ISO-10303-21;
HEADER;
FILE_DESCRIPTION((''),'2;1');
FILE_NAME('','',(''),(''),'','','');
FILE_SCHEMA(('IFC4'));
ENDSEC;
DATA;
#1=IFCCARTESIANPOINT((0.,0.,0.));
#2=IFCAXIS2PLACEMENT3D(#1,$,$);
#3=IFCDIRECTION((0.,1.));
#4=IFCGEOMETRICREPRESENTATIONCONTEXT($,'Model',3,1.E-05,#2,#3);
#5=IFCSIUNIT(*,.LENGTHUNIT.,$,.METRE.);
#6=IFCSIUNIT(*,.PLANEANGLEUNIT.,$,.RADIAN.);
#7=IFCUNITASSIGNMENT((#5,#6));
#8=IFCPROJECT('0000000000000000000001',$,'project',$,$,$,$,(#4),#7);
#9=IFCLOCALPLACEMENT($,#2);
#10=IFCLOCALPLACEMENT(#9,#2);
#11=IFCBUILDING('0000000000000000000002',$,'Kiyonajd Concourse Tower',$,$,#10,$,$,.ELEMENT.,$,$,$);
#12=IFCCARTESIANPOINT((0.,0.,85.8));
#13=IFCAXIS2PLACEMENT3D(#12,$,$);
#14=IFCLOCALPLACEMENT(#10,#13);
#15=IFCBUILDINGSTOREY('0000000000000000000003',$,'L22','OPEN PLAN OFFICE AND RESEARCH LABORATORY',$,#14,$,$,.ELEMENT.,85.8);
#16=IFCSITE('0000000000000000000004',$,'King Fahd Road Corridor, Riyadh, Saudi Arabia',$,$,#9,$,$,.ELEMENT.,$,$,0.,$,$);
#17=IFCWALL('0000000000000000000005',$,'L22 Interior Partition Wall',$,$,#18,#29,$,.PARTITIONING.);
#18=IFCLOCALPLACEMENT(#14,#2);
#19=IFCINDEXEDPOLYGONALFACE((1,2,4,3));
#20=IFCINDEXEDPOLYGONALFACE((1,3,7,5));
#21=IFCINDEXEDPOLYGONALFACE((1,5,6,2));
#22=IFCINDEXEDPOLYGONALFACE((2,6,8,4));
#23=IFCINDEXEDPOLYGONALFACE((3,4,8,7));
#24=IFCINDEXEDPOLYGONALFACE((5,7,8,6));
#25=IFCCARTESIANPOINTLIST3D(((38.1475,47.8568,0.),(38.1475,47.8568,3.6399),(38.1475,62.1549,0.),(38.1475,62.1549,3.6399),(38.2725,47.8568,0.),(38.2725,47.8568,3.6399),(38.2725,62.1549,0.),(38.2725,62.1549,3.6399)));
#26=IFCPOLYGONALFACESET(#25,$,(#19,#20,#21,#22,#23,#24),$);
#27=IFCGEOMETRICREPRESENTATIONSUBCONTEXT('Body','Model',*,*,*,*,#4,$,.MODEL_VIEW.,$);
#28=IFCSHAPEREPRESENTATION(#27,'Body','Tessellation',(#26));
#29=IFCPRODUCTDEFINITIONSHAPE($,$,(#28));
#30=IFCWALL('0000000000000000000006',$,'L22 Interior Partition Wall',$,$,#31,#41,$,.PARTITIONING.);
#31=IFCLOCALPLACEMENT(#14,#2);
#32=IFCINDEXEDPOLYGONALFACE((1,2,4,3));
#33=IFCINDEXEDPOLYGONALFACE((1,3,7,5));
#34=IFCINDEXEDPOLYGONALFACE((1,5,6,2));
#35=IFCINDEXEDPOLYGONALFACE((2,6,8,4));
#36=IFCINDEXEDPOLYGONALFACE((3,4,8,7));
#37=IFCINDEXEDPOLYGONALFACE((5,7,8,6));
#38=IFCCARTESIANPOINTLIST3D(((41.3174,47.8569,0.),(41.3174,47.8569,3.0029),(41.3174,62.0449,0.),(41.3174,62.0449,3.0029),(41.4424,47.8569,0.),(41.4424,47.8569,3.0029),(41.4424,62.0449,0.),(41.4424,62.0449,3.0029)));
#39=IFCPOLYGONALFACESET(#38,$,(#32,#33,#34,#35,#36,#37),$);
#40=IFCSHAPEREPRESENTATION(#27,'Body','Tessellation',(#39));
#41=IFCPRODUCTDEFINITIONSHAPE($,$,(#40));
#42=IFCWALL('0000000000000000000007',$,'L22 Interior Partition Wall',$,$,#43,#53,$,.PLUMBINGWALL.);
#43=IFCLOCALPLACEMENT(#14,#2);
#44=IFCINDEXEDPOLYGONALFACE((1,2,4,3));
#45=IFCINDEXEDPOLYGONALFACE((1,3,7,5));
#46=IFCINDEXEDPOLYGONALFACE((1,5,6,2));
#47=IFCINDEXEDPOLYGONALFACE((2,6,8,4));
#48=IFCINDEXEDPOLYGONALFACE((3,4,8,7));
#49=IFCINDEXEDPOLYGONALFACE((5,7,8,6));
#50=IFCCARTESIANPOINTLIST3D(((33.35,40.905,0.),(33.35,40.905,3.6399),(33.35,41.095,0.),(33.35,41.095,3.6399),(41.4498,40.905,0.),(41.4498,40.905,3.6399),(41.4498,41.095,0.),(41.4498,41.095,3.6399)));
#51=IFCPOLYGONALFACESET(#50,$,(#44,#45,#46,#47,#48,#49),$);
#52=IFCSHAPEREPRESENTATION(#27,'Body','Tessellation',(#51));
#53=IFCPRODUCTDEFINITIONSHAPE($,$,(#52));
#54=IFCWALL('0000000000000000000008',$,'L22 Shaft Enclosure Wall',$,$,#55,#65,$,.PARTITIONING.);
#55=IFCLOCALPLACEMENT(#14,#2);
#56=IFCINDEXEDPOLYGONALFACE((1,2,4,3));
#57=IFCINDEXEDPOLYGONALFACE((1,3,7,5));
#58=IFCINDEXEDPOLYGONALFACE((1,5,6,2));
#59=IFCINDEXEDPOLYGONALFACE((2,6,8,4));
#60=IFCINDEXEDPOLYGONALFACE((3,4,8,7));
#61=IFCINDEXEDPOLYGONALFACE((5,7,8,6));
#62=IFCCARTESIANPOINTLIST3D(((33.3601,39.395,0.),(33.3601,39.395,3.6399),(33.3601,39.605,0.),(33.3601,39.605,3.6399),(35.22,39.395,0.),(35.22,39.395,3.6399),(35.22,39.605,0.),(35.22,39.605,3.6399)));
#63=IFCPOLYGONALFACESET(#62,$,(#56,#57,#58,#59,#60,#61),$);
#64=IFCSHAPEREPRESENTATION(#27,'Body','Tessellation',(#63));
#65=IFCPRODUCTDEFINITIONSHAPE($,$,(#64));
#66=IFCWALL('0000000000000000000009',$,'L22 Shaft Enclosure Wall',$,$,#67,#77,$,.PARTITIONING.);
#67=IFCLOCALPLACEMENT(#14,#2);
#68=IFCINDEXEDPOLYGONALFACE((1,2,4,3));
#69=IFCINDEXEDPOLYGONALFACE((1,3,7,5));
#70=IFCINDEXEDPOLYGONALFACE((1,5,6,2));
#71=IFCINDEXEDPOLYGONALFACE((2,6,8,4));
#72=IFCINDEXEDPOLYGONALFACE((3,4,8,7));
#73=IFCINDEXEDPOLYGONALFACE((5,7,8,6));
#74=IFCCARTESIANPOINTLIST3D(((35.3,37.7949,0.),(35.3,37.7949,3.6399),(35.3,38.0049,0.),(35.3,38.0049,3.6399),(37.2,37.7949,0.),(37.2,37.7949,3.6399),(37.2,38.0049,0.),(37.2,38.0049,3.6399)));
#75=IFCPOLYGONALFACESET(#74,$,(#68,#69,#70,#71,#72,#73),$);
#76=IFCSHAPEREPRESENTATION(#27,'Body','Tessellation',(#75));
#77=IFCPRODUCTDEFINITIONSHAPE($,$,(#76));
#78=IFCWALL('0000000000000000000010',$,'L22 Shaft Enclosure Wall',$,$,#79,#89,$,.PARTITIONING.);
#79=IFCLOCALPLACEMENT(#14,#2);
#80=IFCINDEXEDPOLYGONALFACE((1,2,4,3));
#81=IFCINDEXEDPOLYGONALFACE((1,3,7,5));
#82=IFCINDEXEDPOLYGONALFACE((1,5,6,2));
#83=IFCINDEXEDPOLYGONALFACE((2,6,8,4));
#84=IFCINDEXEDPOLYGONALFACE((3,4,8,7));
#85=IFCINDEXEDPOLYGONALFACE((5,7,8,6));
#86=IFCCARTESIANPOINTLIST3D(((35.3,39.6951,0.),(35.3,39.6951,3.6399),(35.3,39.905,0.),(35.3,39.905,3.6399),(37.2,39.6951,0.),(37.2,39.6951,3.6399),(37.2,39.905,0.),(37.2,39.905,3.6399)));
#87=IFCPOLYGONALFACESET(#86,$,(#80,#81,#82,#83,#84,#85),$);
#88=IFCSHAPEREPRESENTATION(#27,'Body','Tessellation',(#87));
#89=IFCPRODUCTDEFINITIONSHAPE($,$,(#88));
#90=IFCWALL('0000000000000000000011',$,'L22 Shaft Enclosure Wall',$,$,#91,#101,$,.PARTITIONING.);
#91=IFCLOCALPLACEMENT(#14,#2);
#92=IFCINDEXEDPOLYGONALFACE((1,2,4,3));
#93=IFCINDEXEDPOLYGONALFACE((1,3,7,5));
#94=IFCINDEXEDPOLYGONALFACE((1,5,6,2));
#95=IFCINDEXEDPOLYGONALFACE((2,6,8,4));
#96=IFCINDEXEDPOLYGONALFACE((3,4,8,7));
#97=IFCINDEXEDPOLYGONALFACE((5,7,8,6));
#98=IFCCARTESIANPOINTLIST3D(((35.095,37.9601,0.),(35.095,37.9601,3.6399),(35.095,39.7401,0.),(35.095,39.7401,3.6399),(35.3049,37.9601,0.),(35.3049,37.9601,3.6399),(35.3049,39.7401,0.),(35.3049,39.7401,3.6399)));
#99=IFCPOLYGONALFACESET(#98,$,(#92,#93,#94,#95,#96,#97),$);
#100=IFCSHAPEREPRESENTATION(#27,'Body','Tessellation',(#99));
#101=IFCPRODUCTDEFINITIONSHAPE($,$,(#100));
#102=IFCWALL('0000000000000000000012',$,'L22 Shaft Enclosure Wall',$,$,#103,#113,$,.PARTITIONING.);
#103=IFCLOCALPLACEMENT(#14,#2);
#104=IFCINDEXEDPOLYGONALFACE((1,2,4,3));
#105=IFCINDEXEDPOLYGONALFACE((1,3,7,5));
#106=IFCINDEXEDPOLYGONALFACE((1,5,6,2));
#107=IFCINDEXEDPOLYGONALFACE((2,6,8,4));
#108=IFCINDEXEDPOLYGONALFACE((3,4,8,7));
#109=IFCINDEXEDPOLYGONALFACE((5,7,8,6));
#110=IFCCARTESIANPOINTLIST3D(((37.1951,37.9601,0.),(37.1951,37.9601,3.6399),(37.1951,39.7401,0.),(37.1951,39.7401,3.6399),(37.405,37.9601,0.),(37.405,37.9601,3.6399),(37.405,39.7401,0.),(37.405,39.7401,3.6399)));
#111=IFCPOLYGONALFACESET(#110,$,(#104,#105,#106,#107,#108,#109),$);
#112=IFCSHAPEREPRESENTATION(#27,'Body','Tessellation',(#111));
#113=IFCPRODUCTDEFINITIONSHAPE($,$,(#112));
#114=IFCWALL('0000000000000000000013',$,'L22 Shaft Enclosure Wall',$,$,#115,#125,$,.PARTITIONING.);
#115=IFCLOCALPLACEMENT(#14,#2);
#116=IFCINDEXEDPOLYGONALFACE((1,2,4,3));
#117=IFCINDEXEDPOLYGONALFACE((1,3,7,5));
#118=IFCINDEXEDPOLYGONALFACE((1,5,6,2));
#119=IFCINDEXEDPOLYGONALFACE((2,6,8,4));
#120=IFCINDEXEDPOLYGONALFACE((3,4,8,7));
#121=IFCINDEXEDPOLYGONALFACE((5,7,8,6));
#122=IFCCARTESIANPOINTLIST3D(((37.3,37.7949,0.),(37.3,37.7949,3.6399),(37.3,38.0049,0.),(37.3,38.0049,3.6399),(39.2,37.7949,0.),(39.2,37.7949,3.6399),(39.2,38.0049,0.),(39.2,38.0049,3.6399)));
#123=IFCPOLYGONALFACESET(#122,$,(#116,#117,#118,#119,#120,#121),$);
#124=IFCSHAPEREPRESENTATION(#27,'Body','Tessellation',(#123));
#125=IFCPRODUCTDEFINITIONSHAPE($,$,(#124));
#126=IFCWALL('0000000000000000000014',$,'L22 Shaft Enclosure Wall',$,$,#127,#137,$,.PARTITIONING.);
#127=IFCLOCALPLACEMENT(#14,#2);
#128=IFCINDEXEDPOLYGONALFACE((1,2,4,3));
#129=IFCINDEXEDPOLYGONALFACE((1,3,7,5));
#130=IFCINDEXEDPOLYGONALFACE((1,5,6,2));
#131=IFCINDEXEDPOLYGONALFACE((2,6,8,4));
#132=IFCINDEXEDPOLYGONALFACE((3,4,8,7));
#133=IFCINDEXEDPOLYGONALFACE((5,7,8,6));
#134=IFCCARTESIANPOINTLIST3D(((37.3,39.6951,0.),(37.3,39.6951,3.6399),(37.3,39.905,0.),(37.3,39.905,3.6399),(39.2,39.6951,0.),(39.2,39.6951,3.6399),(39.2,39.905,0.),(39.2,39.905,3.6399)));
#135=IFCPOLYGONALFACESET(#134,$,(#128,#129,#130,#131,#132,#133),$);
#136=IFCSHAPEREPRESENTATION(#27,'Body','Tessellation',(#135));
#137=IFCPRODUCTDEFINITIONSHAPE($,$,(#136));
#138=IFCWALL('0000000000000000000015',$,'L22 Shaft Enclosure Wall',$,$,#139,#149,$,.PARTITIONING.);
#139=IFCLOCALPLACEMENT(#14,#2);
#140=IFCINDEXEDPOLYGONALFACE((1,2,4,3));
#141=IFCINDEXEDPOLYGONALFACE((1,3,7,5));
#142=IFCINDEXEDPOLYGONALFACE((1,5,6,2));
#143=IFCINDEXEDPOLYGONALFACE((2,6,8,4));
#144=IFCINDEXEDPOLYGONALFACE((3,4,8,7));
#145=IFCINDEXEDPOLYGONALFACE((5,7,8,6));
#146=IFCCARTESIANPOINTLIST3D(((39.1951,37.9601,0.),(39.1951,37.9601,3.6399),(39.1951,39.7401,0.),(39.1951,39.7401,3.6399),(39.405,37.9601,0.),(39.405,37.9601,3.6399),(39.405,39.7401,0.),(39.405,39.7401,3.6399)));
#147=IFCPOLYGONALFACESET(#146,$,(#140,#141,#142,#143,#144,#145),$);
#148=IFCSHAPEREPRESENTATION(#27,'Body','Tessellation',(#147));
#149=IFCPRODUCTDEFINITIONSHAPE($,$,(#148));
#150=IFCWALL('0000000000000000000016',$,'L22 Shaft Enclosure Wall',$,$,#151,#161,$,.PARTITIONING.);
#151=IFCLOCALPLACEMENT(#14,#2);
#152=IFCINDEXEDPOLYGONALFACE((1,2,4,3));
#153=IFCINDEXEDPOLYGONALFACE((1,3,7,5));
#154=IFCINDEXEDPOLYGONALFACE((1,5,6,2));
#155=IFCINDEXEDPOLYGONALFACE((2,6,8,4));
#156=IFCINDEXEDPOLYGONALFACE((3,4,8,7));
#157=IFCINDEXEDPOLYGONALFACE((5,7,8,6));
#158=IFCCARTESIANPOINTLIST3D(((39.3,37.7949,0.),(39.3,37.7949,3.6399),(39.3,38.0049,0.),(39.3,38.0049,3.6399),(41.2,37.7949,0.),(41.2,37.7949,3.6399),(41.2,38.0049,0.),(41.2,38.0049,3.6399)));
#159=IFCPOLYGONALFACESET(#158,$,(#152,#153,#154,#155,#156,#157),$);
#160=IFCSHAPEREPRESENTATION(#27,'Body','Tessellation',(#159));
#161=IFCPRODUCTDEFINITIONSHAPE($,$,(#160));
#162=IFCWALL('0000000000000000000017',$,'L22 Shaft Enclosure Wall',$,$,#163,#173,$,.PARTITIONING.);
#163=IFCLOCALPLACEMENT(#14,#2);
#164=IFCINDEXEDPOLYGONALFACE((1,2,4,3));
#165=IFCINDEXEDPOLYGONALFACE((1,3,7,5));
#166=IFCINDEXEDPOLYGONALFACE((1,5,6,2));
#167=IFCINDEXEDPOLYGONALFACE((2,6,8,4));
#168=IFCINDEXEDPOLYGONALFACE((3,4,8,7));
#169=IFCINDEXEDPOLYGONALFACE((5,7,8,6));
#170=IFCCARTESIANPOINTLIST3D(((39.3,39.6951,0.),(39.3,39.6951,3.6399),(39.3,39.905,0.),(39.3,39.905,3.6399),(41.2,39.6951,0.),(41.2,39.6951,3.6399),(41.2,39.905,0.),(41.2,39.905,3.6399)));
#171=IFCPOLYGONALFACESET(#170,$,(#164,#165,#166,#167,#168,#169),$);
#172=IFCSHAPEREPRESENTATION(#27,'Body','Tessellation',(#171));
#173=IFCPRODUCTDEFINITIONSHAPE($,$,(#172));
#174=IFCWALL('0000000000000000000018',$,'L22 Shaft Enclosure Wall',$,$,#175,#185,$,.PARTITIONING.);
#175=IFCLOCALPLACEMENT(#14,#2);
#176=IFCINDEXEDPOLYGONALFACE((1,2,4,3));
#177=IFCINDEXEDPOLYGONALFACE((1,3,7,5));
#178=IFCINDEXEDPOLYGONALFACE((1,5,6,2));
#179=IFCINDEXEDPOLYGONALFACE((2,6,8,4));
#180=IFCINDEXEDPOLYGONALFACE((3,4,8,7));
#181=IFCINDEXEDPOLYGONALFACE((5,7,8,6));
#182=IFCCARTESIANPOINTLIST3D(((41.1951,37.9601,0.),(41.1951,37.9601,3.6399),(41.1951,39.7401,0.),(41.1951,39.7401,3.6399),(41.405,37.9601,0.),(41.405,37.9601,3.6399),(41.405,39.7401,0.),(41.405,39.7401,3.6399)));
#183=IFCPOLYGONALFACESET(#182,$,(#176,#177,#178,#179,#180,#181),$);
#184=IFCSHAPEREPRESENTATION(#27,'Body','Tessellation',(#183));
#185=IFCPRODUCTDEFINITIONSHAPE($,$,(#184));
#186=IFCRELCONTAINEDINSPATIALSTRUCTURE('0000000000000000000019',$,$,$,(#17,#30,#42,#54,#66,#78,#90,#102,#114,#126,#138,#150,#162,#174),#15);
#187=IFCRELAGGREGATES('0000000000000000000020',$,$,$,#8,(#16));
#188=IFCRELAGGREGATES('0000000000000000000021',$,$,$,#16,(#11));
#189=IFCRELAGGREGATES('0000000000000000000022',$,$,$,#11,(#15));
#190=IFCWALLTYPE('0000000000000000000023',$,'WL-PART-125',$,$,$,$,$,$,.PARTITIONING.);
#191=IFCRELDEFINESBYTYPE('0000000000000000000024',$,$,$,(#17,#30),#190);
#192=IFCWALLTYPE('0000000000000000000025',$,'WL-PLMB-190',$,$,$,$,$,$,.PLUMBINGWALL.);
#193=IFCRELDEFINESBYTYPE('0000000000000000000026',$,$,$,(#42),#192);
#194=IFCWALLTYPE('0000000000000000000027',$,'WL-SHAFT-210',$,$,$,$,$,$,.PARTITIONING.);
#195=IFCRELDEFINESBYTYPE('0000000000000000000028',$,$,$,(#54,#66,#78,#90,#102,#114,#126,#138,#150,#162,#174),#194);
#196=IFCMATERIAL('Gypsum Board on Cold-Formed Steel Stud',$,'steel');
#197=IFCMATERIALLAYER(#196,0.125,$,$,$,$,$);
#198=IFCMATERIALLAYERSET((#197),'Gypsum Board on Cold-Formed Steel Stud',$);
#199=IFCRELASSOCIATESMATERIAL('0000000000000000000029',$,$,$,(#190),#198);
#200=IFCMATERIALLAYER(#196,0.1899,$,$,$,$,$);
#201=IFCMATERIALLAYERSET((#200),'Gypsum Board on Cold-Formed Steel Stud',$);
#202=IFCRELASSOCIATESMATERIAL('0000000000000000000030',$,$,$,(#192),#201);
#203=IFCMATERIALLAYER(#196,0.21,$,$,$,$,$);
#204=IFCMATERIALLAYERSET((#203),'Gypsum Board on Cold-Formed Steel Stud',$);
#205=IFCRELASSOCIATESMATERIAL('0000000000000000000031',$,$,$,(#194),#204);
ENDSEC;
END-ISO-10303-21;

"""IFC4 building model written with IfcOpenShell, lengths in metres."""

from ifc_helpers import new_model, si_unit, direction, frame, frame_2d, origin, place, context, subcontext, project, spatial, rectangle, extrude, material, layer, layer_set, type_object, element, save


model = new_model("IFC4")

# Units and contexts
model_context = context("Model", 3, precision=1e-05, world=origin(), true_north=direction((0.0, 1.0)))
body_context = subcontext(model_context, "Body", "Model", "MODEL_VIEW")
ifc_project = project(units=[si_unit("LENGTHUNIT", "METRE"), si_unit("PLANEANGLEUNIT", "RADIAN")], contexts=[model_context])

# Site, building, storey
site_placement = place(None, origin())
site = spatial("IfcSite", under=ifc_project, at=site_placement, Name="King Fahd Road Corridor, Riyadh, Saudi Arabia", CompositionType="ELEMENT", RefElevation=0.0)
building_placement = place(site_placement, origin())
building = spatial("IfcBuilding", under=site, at=building_placement, Name="Kiyonajd Concourse Tower", CompositionType="ELEMENT")
storey_placement = place(building_placement, frame((0.0, 0.0, 85.8)))
storey = spatial("IfcBuildingStorey", under=building, at=storey_placement, Name="L22", Description="OPEN PLAN OFFICE AND RESEARCH LABORATORY", CompositionType="ELEMENT", Elevation=85.8)

# Walls
ifc_material_1 = material(Name="Gypsum Board on Cold-Formed Steel Stud", Category="steel")
ifc_layer_1 = layer(ifc_material_1, 0.125)
ifc_layer_set_1 = layer_set([ifc_layer_1], Name="Gypsum Board on Cold-Formed Steel Stud")
wall_type_1 = type_object("IfcWallType", Name="WL-PART-125", PredefinedType="PARTITIONING", material=ifc_layer_set_1)
wall_1_placement = place(storey_placement, frame((38.21, 47.8569, 0.0), z_axis=(0.0, 0.0, 1.0), x_axis=(0.0, 1.0, 0.0)))
element("IfcWall", 1, at=wall_1_placement, inside=storey, type_object=wall_type_1, Name="L22 Interior Partition Wall", PredefinedType="PARTITIONING", context=body_context, shape_type="SweptSolid", body=[
    extrude(rectangle(XDim=14.2981, YDim=0.125, at=frame_2d((7.1489, 0.0))), origin(), (0.0, 0.0, 1.0), 3.6399),
])
wall_2_placement = place(storey_placement, frame((41.3799, 47.8569, 0.0), z_axis=(0.0, 0.0, 1.0), x_axis=(0.0, 1.0, 0.0)))
element("IfcWall", 2, at=wall_2_placement, inside=storey, type_object=wall_type_1, Name="L22 Interior Partition Wall", PredefinedType="PARTITIONING", context=body_context, shape_type="SweptSolid", body=[
    extrude(rectangle(XDim=14.188, YDim=0.125, at=frame_2d((7.094, 0.0))), origin(), (0.0, 0.0, 1.0), 3.0029),
])
ifc_layer_2 = layer(ifc_material_1, 0.1899)
ifc_layer_set_2 = layer_set([ifc_layer_2], Name="Gypsum Board on Cold-Formed Steel Stud")
wall_type_2 = type_object("IfcWallType", Name="WL-PLMB-190", PredefinedType="PLUMBINGWALL", material=ifc_layer_set_2)
wall_3_placement = place(storey_placement, frame((33.3501, 41.0, 0.0), z_axis=(0.0, 0.0, 1.0), x_axis=(1.0, 0.0, 0.0)))
element("IfcWall", 3, at=wall_3_placement, inside=storey, type_object=wall_type_2, Name="L22 Interior Partition Wall", PredefinedType="PLUMBINGWALL", context=body_context, shape_type="SweptSolid", body=[
    extrude(rectangle(XDim=8.0999, YDim=0.1899, at=frame_2d((4.0498, 0.0))), origin(), (0.0, 0.0, 1.0), 3.6399),
])
ifc_layer_3 = layer(ifc_material_1, 0.21)
ifc_layer_set_3 = layer_set([ifc_layer_3], Name="Gypsum Board on Cold-Formed Steel Stud")
wall_type_3 = type_object("IfcWallType", Name="WL-SHAFT-210", PredefinedType="PARTITIONING", material=ifc_layer_set_3)
wall_4_placement = place(storey_placement, frame((33.3601, 39.5, 0.0), z_axis=(0.0, 0.0, 1.0), x_axis=(1.0, 0.0, 0.0)))
element("IfcWall", 4, at=wall_4_placement, inside=storey, type_object=wall_type_3, Name="L22 Shaft Enclosure Wall", PredefinedType="PARTITIONING", context=body_context, shape_type="SweptSolid", body=[
    extrude(rectangle(XDim=1.8599, YDim=0.21, at=frame_2d((0.9299, 0.0))), origin(), (0.0, 0.0, 1.0), 3.6399),
])
for number, where, z_axis, x_axis, name in (
    (5, (35.3, 37.8999, 0.0), (0.0, 0.0, 1.0), (1.0, 0.0, 0.0), "L22 Shaft Enclosure Wall"),
    (6, (35.3, 39.8, 0.0), (0.0, 0.0, 1.0), (1.0, 0.0, 0.0), "L22 Shaft Enclosure Wall"),
):
    element("IfcWall", number, at=place(storey_placement, frame(where, z_axis=z_axis, x_axis=x_axis)), inside=storey, type_object=wall_type_3, Name=name, PredefinedType="PARTITIONING", context=body_context, shape_type="SweptSolid", body=[
        extrude(rectangle(XDim=1.8999, YDim=0.21, at=frame_2d((0.95, 0.0))), origin(), (0.0, 0.0, 1.0), 3.6399),
    ])
for number, where, z_axis, x_axis, name in (
    (7, (35.2, 37.96, 0.0), (0.0, 0.0, 1.0), (0.0, 1.0, 0.0), "L22 Shaft Enclosure Wall"),
    (8, (37.3, 37.96, 0.0), (0.0, 0.0, 1.0), (0.0, 1.0, 0.0), "L22 Shaft Enclosure Wall"),
):
    element("IfcWall", number, at=place(storey_placement, frame(where, z_axis=z_axis, x_axis=x_axis)), inside=storey, type_object=wall_type_3, Name=name, PredefinedType="PARTITIONING", context=body_context, shape_type="SweptSolid", body=[
        extrude(rectangle(XDim=1.78, YDim=0.21, at=frame_2d((0.8901, 0.0))), origin(), (0.0, 0.0, 1.0), 3.6399),
    ])
for number, where, z_axis, x_axis, name in (
    (9, (37.3, 37.8999, 0.0), (0.0, 0.0, 1.0), (1.0, 0.0, 0.0), "L22 Shaft Enclosure Wall"),
    (10, (37.3, 39.8, 0.0), (0.0, 0.0, 1.0), (1.0, 0.0, 0.0), "L22 Shaft Enclosure Wall"),
):
    element("IfcWall", number, at=place(storey_placement, frame(where, z_axis=z_axis, x_axis=x_axis)), inside=storey, type_object=wall_type_3, Name=name, PredefinedType="PARTITIONING", context=body_context, shape_type="SweptSolid", body=[
        extrude(rectangle(XDim=1.8999, YDim=0.21, at=frame_2d((0.95, 0.0))), origin(), (0.0, 0.0, 1.0), 3.6399),
    ])
wall_5_placement = place(storey_placement, frame((39.3, 37.96, 0.0), z_axis=(0.0, 0.0, 1.0), x_axis=(0.0, 1.0, 0.0)))
element("IfcWall", 11, at=wall_5_placement, inside=storey, type_object=wall_type_3, Name="L22 Shaft Enclosure Wall", PredefinedType="PARTITIONING", context=body_context, shape_type="SweptSolid", body=[
    extrude(rectangle(XDim=1.78, YDim=0.21, at=frame_2d((0.8901, 0.0))), origin(), (0.0, 0.0, 1.0), 3.6399),
])
for number, where, z_axis, x_axis, name in (
    (12, (39.3, 37.8999, 0.0), (0.0, 0.0, 1.0), (1.0, 0.0, 0.0), "L22 Shaft Enclosure Wall"),
    (13, (39.3, 39.8, 0.0), (0.0, 0.0, 1.0), (1.0, 0.0, 0.0), "L22 Shaft Enclosure Wall"),
):
    element("IfcWall", number, at=place(storey_placement, frame(where, z_axis=z_axis, x_axis=x_axis)), inside=storey, type_object=wall_type_3, Name=name, PredefinedType="PARTITIONING", context=body_context, shape_type="SweptSolid", body=[
        extrude(rectangle(XDim=1.8999, YDim=0.21, at=frame_2d((0.95, 0.0))), origin(), (0.0, 0.0, 1.0), 3.6399),
    ])
wall_6_placement = place(storey_placement, frame((41.3, 37.96, 0.0), z_axis=(0.0, 0.0, 1.0), x_axis=(0.0, 1.0, 0.0)))
element("IfcWall", 14, at=wall_6_placement, inside=storey, type_object=wall_type_3, Name="L22 Shaft Enclosure Wall", PredefinedType="PARTITIONING", context=body_context, shape_type="SweptSolid", body=[
    extrude(rectangle(XDim=1.78, YDim=0.21, at=frame_2d((0.8901, 0.0))), origin(), (0.0, 0.0, 1.0), 3.6399),
])

save(model, "model.ifc")
